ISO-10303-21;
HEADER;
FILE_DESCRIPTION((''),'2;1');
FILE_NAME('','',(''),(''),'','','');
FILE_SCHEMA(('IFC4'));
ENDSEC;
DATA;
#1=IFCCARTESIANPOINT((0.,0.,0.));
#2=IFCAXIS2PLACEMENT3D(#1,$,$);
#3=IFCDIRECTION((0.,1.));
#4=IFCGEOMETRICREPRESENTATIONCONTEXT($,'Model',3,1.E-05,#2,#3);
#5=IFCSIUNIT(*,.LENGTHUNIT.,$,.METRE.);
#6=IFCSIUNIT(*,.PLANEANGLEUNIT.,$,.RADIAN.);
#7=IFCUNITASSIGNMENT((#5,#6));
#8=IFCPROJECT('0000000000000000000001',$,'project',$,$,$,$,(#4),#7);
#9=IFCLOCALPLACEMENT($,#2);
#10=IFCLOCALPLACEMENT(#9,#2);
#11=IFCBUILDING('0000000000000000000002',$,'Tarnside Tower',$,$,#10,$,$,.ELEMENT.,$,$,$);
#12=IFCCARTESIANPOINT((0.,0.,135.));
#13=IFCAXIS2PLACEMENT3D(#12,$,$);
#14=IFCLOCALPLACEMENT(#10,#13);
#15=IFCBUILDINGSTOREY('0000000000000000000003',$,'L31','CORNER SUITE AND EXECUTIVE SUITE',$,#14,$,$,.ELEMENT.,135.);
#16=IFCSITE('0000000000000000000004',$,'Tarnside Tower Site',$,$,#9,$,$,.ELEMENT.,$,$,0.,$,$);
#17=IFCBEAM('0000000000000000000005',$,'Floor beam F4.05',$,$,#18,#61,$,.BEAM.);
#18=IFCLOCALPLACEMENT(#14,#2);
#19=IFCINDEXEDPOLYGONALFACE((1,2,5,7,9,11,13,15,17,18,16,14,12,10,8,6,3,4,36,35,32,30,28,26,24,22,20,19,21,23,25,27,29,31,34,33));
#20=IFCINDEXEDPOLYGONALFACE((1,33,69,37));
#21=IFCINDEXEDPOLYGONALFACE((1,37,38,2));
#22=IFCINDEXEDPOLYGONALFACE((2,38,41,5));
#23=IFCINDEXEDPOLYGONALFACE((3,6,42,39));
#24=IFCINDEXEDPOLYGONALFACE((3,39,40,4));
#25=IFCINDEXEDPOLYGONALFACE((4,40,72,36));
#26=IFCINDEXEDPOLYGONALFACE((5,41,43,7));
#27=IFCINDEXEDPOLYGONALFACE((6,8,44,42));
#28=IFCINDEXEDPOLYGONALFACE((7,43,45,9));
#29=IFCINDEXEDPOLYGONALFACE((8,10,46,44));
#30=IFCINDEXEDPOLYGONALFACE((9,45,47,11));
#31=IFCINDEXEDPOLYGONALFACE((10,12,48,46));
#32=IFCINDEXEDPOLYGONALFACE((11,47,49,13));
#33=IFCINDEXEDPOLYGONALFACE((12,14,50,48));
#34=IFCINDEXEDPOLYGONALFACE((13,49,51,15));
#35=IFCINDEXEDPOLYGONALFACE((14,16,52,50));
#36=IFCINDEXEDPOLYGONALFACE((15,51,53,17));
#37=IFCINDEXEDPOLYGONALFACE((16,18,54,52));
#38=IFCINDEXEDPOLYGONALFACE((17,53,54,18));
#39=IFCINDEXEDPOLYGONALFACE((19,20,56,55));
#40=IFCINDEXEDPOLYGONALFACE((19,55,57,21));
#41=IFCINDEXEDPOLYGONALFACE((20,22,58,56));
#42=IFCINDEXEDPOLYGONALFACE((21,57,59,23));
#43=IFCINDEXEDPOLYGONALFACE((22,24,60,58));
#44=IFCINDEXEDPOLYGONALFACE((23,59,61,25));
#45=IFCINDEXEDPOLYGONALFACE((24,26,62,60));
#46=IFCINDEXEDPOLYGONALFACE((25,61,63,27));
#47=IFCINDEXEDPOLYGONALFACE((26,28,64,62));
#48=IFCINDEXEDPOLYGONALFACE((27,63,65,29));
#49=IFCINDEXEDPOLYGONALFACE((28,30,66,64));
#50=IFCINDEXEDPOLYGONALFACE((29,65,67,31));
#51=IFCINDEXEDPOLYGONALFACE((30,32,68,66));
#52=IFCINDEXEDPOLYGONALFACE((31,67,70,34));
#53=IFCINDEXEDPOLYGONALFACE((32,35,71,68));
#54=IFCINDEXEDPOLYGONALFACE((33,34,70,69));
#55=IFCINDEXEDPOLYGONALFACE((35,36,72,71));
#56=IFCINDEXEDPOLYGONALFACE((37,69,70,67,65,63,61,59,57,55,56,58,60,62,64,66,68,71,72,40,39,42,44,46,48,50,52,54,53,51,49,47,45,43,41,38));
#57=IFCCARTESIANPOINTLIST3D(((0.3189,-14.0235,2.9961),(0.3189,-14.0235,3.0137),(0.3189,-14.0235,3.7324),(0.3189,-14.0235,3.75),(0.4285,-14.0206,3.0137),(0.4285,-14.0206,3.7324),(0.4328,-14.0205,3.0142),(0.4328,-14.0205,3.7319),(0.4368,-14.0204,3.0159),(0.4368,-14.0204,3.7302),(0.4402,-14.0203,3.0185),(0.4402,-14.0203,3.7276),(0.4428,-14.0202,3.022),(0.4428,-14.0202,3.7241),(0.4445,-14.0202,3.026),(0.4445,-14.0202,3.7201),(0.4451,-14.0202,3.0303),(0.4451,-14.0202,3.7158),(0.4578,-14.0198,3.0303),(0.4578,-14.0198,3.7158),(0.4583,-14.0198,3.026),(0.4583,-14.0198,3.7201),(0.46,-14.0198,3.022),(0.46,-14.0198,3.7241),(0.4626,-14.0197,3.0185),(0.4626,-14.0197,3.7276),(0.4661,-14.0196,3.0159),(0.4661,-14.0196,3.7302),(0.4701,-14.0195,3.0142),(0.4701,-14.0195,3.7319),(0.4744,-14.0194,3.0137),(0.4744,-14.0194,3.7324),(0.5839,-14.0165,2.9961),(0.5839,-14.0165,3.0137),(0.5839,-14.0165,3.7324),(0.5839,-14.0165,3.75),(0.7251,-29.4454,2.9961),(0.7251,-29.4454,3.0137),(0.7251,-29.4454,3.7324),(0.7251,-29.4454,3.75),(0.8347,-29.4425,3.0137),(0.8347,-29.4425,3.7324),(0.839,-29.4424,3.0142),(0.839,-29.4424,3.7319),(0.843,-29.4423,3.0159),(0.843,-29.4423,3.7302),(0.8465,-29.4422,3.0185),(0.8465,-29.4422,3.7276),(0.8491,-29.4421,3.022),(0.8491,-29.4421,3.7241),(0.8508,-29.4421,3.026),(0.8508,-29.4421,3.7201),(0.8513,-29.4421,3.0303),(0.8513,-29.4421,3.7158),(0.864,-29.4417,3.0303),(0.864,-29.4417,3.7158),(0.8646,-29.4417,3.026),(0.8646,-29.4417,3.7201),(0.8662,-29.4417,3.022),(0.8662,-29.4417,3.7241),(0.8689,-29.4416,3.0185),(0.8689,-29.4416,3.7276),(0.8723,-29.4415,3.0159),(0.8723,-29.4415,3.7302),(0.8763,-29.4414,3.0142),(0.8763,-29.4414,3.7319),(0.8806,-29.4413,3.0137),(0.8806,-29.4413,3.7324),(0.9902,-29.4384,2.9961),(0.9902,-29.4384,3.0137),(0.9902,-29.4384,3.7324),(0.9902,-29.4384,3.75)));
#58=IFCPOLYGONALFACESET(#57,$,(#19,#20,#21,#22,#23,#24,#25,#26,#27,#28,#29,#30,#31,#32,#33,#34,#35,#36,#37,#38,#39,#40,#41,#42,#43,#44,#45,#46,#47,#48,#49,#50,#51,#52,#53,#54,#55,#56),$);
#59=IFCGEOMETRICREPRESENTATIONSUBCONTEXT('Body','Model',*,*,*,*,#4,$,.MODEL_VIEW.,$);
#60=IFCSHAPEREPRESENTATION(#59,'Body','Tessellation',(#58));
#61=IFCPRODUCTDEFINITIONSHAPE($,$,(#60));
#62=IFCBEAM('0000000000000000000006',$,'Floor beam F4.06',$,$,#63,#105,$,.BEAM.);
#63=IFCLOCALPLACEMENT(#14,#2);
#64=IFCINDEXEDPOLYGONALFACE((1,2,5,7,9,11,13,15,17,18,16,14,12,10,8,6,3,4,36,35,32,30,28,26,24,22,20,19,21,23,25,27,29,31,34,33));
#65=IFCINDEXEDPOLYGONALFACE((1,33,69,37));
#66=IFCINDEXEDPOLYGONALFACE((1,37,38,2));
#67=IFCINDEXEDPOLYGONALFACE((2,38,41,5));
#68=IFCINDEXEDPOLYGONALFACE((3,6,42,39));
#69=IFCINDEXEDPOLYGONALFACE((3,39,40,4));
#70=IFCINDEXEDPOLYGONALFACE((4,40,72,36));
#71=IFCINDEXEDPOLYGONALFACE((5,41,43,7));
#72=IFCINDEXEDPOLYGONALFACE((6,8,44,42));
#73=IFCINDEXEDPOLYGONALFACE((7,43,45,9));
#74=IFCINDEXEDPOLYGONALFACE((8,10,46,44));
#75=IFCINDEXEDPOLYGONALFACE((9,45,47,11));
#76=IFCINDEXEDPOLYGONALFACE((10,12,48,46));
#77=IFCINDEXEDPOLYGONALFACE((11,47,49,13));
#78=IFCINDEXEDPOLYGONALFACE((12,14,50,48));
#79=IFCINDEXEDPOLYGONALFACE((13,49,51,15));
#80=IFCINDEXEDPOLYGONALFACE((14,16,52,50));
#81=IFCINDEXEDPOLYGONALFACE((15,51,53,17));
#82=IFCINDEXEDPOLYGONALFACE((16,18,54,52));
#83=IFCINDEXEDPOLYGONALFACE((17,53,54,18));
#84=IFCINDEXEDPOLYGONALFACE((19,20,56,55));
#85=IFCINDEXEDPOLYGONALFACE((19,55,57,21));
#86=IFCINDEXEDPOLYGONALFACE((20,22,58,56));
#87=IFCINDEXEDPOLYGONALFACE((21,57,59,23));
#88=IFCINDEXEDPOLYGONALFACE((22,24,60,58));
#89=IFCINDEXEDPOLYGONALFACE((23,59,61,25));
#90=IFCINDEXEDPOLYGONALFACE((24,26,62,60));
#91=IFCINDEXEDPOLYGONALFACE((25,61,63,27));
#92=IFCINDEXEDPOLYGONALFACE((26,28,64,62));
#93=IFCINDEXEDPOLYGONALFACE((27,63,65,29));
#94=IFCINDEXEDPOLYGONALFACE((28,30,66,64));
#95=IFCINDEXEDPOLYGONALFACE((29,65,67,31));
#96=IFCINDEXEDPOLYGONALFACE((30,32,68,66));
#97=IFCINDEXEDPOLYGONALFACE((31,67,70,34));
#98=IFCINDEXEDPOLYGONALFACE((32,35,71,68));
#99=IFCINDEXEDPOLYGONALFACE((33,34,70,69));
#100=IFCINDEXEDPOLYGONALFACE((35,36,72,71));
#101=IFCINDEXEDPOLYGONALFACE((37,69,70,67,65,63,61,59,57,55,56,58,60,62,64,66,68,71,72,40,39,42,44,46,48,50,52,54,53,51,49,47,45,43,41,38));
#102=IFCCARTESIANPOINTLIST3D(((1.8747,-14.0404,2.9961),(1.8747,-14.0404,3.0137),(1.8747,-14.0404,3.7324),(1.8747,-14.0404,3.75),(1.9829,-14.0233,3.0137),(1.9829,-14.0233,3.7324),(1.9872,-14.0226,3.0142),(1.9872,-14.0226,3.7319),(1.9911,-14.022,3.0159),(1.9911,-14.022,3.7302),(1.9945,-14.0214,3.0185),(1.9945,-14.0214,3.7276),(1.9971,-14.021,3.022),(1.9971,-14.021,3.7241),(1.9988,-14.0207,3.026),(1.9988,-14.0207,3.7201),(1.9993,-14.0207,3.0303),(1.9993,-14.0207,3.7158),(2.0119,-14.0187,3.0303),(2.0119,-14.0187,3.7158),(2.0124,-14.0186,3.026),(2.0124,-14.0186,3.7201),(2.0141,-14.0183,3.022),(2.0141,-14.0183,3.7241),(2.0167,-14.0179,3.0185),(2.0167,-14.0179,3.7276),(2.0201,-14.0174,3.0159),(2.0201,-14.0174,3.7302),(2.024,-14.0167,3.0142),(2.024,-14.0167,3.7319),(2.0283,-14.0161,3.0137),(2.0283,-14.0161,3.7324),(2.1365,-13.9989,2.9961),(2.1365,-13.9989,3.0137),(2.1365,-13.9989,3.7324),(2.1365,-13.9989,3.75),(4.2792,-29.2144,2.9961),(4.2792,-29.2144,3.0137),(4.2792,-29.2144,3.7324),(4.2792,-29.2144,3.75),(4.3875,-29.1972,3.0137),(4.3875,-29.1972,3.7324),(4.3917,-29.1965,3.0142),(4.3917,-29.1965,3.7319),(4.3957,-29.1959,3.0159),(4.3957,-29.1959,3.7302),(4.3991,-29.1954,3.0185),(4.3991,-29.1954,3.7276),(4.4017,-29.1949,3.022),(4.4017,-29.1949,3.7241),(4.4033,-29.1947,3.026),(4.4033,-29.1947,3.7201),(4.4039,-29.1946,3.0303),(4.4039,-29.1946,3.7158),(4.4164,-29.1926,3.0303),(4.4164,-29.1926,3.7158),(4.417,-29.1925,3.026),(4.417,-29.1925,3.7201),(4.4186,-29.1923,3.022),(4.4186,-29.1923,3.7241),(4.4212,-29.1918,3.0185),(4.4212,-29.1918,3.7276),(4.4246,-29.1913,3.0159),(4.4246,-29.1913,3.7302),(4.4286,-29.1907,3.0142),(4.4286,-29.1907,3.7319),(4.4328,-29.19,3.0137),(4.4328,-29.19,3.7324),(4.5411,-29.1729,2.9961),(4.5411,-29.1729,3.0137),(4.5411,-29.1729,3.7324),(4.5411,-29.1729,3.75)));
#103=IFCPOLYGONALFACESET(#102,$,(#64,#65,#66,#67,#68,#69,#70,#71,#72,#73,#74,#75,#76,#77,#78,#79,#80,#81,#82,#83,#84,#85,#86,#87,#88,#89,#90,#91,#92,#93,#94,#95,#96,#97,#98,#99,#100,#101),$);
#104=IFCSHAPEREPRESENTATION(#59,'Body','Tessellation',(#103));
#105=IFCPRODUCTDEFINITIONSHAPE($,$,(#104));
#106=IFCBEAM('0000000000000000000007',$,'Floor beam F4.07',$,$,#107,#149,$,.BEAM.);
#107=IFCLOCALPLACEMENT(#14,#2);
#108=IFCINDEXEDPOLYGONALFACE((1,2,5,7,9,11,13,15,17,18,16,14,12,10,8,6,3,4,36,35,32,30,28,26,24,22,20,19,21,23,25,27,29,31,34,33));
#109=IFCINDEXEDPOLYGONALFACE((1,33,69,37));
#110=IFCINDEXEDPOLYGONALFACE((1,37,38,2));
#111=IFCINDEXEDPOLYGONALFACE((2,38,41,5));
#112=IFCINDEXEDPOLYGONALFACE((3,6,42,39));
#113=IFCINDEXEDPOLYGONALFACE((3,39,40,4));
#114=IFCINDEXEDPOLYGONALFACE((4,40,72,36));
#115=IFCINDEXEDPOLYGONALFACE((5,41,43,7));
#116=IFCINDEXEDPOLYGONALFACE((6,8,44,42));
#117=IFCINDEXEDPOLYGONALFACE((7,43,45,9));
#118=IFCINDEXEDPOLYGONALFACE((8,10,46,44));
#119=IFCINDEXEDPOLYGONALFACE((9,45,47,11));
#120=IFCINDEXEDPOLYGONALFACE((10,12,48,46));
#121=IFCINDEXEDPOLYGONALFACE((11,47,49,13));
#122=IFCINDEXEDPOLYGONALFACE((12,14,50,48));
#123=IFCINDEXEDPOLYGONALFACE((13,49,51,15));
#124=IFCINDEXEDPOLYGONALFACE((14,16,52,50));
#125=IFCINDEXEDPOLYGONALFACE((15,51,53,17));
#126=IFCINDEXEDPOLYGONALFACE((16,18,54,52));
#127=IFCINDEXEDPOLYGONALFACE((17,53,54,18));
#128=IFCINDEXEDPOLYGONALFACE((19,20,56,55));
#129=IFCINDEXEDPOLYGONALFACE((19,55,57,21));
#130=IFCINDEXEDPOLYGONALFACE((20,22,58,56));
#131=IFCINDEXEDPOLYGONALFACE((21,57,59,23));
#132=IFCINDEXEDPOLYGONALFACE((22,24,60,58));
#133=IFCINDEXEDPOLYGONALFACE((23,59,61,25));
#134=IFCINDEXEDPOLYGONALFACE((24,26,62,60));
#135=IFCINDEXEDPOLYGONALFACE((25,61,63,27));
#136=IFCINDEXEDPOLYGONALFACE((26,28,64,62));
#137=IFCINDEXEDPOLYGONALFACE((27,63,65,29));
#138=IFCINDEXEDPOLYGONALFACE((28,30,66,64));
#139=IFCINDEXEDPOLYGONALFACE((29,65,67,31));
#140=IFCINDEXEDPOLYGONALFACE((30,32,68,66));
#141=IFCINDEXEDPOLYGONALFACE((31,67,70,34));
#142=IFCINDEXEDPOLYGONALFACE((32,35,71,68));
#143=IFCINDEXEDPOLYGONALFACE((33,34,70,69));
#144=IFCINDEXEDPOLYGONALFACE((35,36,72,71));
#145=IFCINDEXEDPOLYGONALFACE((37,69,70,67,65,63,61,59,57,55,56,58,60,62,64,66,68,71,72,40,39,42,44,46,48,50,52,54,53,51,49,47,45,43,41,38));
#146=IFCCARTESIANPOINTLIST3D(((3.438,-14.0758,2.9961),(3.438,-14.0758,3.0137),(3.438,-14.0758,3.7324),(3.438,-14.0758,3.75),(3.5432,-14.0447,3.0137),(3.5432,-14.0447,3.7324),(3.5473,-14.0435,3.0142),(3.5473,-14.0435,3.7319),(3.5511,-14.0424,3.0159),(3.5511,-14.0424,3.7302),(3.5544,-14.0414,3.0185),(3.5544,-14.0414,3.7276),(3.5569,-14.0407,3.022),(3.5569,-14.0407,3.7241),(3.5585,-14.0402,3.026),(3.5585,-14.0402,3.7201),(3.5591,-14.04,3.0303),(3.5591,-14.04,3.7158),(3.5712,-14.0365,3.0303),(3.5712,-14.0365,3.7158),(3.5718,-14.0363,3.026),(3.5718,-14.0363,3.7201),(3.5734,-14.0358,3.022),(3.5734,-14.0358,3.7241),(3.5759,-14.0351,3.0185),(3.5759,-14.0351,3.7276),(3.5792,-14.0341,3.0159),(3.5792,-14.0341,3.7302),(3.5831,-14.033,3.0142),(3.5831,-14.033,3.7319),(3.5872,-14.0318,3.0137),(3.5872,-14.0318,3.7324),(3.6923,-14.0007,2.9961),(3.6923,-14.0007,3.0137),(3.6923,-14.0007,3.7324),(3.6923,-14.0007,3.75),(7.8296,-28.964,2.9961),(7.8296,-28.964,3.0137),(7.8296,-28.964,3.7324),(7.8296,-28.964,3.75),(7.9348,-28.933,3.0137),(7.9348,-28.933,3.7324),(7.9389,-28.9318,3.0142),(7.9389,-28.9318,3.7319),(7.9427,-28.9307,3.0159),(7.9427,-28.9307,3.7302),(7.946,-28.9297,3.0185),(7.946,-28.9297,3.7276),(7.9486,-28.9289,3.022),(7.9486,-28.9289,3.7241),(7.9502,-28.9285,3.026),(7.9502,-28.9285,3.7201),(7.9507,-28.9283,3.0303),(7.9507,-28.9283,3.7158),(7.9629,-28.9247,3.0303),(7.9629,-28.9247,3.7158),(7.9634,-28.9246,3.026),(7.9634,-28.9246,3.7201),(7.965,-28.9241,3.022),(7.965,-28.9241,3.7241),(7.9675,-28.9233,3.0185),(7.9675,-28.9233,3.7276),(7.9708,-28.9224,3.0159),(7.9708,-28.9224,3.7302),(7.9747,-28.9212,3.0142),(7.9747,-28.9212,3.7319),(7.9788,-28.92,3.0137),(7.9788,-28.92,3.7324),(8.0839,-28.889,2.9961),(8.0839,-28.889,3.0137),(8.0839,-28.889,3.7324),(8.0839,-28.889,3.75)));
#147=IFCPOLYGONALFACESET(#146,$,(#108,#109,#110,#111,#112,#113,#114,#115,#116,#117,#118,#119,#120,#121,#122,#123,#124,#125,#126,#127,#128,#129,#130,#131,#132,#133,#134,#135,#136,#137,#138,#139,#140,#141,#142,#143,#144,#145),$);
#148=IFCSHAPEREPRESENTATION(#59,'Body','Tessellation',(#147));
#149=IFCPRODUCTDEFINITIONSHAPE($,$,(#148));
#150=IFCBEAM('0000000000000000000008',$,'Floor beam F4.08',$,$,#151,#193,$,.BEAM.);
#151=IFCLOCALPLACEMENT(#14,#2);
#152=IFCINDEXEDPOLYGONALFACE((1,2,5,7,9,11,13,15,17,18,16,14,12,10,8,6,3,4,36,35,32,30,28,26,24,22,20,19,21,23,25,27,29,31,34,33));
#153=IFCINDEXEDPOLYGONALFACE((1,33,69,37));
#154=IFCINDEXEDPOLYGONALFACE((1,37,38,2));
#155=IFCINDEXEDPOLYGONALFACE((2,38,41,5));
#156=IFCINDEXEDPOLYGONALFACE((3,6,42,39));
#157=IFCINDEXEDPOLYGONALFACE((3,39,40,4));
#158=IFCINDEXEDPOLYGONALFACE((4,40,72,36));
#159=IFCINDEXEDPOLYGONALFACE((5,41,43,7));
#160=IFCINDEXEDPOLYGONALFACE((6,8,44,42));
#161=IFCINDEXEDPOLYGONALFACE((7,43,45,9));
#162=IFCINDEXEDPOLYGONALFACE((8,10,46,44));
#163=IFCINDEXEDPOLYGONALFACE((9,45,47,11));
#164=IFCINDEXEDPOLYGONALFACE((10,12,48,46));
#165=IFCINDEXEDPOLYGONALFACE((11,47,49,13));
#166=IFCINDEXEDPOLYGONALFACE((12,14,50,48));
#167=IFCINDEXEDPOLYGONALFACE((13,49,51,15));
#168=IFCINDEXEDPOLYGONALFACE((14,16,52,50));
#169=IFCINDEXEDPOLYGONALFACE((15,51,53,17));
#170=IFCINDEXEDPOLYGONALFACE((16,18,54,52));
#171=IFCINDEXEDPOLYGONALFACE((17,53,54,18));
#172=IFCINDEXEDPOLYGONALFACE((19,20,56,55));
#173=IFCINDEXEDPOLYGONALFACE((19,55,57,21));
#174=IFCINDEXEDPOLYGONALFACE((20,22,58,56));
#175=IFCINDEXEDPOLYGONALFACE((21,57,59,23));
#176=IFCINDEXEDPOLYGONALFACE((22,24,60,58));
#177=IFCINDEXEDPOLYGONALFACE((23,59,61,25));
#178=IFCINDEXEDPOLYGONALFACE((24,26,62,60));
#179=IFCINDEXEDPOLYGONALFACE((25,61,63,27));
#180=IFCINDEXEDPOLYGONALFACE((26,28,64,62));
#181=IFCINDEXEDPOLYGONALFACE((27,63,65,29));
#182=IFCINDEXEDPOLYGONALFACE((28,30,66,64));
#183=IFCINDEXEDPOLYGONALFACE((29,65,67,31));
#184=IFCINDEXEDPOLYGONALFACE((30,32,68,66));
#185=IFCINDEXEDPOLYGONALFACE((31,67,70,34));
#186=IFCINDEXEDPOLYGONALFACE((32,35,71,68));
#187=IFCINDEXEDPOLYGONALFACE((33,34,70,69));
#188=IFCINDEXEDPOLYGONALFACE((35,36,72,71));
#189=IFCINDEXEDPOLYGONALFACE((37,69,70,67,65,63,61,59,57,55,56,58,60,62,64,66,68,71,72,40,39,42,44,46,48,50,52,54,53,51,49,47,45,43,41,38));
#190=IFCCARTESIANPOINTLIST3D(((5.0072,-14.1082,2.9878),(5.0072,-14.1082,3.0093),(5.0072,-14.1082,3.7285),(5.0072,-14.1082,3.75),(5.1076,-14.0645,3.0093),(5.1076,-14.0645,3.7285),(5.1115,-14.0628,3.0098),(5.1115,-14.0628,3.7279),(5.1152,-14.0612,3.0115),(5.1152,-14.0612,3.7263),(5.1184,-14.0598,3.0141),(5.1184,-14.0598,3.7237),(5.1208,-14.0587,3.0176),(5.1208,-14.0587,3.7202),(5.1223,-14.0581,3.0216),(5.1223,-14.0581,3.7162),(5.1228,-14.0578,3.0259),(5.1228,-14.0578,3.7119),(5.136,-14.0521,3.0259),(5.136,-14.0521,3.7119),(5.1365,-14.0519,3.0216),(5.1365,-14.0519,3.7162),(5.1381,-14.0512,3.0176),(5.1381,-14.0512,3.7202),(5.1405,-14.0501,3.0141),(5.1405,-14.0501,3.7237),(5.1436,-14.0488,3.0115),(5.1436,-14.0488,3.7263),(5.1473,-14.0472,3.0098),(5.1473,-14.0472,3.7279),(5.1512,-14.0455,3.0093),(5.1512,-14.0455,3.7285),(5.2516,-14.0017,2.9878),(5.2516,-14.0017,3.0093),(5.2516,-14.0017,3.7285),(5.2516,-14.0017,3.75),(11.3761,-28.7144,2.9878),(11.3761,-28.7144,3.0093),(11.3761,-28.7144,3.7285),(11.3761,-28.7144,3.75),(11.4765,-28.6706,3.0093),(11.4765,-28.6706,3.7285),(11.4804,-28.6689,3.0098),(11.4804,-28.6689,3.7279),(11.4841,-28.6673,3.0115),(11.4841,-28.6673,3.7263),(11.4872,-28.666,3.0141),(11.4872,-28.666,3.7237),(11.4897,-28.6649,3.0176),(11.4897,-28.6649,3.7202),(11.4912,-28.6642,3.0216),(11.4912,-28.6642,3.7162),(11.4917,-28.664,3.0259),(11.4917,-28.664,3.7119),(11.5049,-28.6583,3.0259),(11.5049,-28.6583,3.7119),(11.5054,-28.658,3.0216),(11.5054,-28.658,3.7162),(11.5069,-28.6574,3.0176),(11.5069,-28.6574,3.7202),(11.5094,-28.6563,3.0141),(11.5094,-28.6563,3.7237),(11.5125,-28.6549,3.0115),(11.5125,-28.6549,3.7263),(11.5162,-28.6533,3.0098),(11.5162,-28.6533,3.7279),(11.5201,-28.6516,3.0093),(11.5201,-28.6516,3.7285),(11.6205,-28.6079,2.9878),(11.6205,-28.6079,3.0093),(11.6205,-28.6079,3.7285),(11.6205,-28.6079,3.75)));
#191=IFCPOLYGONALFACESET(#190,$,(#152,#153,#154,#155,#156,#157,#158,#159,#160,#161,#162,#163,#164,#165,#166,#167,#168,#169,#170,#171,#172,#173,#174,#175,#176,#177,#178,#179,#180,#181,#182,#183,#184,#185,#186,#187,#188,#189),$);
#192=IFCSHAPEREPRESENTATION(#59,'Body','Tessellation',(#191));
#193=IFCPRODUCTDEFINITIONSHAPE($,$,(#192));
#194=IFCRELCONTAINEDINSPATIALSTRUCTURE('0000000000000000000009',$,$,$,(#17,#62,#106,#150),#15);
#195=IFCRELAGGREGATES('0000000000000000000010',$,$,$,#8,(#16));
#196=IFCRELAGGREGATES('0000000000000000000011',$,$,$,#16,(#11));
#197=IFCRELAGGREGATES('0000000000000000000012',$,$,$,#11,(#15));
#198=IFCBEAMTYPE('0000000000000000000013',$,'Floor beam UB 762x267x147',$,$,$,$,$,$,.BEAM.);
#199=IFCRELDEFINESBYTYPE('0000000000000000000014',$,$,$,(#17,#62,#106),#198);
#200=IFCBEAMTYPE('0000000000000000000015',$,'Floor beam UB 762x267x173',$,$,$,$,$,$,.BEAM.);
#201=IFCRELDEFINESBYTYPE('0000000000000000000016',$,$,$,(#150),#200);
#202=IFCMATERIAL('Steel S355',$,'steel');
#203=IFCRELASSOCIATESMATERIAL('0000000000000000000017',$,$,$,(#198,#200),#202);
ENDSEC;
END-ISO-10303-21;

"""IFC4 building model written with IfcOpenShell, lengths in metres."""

from ifc_helpers import new_model, si_unit, direction, frame, origin, origin_2d, place, context, subcontext, project, spatial, i_section, extrude, material, material_profile, profile_set, type_object, element, save


model = new_model("IFC4")

# Units and contexts
model_context = context("Model", 3, precision=1e-05, world=origin(), true_north=direction((0.0, 1.0)))
body_context = subcontext(model_context, "Body", "Model", "MODEL_VIEW")
ifc_project = project(units=[si_unit("LENGTHUNIT", "METRE"), si_unit("PLANEANGLEUNIT", "RADIAN")], contexts=[model_context])

# Site, building, storey
site_placement = place(None, origin())
site = spatial("IfcSite", under=ifc_project, at=site_placement, Name="Tarnside Tower Site", CompositionType="ELEMENT", RefElevation=0.0)
building_placement = place(site_placement, origin())
building = spatial("IfcBuilding", under=site, at=building_placement, Name="Tarnside Tower", CompositionType="ELEMENT")
storey_placement = place(building_placement, frame((0.0, 0.0, 135.0)))
storey = spatial("IfcBuildingStorey", under=building, at=storey_placement, Name="L31", Description="CORNER SUITE AND EXECUTIVE SUITE", CompositionType="ELEMENT", Elevation=135.0)

# Beams
ifc_material_1 = material(Name="Steel S355", Category="steel")
ifc_material_profile_1 = material_profile(ifc_material_1, i_section(OverallWidth=0.2651, OverallDepth=0.7539, WebThickness=0.0127, FlangeThickness=0.0176, FilletRadius=0.0166, at=origin_2d()), Name="UB 762x267x147")
ifc_profile_set_1 = profile_set([ifc_material_profile_1], Name="Steel S355")
beam_type_1 = type_object("IfcBeamType", Name="Floor beam UB 762x267x147", PredefinedType="BEAM", material=ifc_profile_set_1)
beam_1_placement = place(storey_placement, frame((0.8577, -29.4419, 3.373), z_axis=(-0.026333, 0.999653, 0.0), x_axis=(-0.999653, -0.026333, 0.0)))
element("IfcBeam", 1, at=beam_1_placement, inside=storey, type_object=beam_type_1, Name="Floor beam F4.05", PredefinedType="BEAM", context=body_context, shape_type="SweptSolid", body=[
    extrude(i_section(OverallWidth=0.2651, OverallDepth=0.7539, WebThickness=0.0127, FlangeThickness=0.0176, FilletRadius=0.0166, at=origin_2d()), origin(), (0.0, 0.0, 1.0), 15.4272),
])
beam_2_placement = place(storey_placement, frame((4.4102, -29.1936, 3.373), z_axis=(-0.156513, 0.987676, 0.0), x_axis=(-0.987676, -0.156513, 0.0)))
element("IfcBeam", 2, at=beam_2_placement, inside=storey, type_object=beam_type_1, Name="Floor beam F4.06", PredefinedType="BEAM", context=body_context, shape_type="SweptSolid", body=[
    extrude(i_section(OverallWidth=0.2651, OverallDepth=0.7539, WebThickness=0.0127, FlangeThickness=0.0176, FilletRadius=0.0166, at=origin_2d()), origin(), (0.0, 0.0, 1.0), 15.3633),
])
beam_3_placement = place(storey_placement, frame((7.9568, -28.9265, 3.373), z_axis=(-0.282921, 0.959143, 0.0), x_axis=(-0.959143, -0.282921, 0.0)))
element("IfcBeam", 3, at=beam_3_placement, inside=storey, type_object=beam_type_1, Name="Floor beam F4.07", PredefinedType="BEAM", context=body_context, shape_type="SweptSolid", body=[
    extrude(i_section(OverallWidth=0.2651, OverallDepth=0.7539, WebThickness=0.0127, FlangeThickness=0.0176, FilletRadius=0.0166, at=origin_2d()), origin(), (0.0, 0.0, 1.0), 15.5225),
])
ifc_material_profile_2 = material_profile(ifc_material_1, i_section(OverallWidth=0.2666, OverallDepth=0.7622, WebThickness=0.0144, FlangeThickness=0.0215, FilletRadius=0.0166, at=origin_2d()), Name="UB 762x267x173")
ifc_profile_set_2 = profile_set([ifc_material_profile_2], Name="Steel S355")
beam_type_2 = type_object("IfcBeamType", Name="Floor beam UB 762x267x173", PredefinedType="BEAM", material=ifc_profile_set_2)
beam_4_placement = place(storey_placement, frame((11.4983, -28.6611, 3.3689), z_axis=(-0.399696, 0.916648, 0.0), x_axis=(-0.916648, -0.399696, 0.0)))
element("IfcBeam", 4, at=beam_4_placement, inside=storey, type_object=beam_type_2, Name="Floor beam F4.08", PredefinedType="BEAM", context=body_context, shape_type="SweptSolid", body=[
    extrude(i_section(OverallWidth=0.2666, OverallDepth=0.7622, WebThickness=0.0144, FlangeThickness=0.0215, FilletRadius=0.0166, at=origin_2d()), origin(), (0.0, 0.0, 1.0), 15.9343),
])

save(model, "model.ifc")
